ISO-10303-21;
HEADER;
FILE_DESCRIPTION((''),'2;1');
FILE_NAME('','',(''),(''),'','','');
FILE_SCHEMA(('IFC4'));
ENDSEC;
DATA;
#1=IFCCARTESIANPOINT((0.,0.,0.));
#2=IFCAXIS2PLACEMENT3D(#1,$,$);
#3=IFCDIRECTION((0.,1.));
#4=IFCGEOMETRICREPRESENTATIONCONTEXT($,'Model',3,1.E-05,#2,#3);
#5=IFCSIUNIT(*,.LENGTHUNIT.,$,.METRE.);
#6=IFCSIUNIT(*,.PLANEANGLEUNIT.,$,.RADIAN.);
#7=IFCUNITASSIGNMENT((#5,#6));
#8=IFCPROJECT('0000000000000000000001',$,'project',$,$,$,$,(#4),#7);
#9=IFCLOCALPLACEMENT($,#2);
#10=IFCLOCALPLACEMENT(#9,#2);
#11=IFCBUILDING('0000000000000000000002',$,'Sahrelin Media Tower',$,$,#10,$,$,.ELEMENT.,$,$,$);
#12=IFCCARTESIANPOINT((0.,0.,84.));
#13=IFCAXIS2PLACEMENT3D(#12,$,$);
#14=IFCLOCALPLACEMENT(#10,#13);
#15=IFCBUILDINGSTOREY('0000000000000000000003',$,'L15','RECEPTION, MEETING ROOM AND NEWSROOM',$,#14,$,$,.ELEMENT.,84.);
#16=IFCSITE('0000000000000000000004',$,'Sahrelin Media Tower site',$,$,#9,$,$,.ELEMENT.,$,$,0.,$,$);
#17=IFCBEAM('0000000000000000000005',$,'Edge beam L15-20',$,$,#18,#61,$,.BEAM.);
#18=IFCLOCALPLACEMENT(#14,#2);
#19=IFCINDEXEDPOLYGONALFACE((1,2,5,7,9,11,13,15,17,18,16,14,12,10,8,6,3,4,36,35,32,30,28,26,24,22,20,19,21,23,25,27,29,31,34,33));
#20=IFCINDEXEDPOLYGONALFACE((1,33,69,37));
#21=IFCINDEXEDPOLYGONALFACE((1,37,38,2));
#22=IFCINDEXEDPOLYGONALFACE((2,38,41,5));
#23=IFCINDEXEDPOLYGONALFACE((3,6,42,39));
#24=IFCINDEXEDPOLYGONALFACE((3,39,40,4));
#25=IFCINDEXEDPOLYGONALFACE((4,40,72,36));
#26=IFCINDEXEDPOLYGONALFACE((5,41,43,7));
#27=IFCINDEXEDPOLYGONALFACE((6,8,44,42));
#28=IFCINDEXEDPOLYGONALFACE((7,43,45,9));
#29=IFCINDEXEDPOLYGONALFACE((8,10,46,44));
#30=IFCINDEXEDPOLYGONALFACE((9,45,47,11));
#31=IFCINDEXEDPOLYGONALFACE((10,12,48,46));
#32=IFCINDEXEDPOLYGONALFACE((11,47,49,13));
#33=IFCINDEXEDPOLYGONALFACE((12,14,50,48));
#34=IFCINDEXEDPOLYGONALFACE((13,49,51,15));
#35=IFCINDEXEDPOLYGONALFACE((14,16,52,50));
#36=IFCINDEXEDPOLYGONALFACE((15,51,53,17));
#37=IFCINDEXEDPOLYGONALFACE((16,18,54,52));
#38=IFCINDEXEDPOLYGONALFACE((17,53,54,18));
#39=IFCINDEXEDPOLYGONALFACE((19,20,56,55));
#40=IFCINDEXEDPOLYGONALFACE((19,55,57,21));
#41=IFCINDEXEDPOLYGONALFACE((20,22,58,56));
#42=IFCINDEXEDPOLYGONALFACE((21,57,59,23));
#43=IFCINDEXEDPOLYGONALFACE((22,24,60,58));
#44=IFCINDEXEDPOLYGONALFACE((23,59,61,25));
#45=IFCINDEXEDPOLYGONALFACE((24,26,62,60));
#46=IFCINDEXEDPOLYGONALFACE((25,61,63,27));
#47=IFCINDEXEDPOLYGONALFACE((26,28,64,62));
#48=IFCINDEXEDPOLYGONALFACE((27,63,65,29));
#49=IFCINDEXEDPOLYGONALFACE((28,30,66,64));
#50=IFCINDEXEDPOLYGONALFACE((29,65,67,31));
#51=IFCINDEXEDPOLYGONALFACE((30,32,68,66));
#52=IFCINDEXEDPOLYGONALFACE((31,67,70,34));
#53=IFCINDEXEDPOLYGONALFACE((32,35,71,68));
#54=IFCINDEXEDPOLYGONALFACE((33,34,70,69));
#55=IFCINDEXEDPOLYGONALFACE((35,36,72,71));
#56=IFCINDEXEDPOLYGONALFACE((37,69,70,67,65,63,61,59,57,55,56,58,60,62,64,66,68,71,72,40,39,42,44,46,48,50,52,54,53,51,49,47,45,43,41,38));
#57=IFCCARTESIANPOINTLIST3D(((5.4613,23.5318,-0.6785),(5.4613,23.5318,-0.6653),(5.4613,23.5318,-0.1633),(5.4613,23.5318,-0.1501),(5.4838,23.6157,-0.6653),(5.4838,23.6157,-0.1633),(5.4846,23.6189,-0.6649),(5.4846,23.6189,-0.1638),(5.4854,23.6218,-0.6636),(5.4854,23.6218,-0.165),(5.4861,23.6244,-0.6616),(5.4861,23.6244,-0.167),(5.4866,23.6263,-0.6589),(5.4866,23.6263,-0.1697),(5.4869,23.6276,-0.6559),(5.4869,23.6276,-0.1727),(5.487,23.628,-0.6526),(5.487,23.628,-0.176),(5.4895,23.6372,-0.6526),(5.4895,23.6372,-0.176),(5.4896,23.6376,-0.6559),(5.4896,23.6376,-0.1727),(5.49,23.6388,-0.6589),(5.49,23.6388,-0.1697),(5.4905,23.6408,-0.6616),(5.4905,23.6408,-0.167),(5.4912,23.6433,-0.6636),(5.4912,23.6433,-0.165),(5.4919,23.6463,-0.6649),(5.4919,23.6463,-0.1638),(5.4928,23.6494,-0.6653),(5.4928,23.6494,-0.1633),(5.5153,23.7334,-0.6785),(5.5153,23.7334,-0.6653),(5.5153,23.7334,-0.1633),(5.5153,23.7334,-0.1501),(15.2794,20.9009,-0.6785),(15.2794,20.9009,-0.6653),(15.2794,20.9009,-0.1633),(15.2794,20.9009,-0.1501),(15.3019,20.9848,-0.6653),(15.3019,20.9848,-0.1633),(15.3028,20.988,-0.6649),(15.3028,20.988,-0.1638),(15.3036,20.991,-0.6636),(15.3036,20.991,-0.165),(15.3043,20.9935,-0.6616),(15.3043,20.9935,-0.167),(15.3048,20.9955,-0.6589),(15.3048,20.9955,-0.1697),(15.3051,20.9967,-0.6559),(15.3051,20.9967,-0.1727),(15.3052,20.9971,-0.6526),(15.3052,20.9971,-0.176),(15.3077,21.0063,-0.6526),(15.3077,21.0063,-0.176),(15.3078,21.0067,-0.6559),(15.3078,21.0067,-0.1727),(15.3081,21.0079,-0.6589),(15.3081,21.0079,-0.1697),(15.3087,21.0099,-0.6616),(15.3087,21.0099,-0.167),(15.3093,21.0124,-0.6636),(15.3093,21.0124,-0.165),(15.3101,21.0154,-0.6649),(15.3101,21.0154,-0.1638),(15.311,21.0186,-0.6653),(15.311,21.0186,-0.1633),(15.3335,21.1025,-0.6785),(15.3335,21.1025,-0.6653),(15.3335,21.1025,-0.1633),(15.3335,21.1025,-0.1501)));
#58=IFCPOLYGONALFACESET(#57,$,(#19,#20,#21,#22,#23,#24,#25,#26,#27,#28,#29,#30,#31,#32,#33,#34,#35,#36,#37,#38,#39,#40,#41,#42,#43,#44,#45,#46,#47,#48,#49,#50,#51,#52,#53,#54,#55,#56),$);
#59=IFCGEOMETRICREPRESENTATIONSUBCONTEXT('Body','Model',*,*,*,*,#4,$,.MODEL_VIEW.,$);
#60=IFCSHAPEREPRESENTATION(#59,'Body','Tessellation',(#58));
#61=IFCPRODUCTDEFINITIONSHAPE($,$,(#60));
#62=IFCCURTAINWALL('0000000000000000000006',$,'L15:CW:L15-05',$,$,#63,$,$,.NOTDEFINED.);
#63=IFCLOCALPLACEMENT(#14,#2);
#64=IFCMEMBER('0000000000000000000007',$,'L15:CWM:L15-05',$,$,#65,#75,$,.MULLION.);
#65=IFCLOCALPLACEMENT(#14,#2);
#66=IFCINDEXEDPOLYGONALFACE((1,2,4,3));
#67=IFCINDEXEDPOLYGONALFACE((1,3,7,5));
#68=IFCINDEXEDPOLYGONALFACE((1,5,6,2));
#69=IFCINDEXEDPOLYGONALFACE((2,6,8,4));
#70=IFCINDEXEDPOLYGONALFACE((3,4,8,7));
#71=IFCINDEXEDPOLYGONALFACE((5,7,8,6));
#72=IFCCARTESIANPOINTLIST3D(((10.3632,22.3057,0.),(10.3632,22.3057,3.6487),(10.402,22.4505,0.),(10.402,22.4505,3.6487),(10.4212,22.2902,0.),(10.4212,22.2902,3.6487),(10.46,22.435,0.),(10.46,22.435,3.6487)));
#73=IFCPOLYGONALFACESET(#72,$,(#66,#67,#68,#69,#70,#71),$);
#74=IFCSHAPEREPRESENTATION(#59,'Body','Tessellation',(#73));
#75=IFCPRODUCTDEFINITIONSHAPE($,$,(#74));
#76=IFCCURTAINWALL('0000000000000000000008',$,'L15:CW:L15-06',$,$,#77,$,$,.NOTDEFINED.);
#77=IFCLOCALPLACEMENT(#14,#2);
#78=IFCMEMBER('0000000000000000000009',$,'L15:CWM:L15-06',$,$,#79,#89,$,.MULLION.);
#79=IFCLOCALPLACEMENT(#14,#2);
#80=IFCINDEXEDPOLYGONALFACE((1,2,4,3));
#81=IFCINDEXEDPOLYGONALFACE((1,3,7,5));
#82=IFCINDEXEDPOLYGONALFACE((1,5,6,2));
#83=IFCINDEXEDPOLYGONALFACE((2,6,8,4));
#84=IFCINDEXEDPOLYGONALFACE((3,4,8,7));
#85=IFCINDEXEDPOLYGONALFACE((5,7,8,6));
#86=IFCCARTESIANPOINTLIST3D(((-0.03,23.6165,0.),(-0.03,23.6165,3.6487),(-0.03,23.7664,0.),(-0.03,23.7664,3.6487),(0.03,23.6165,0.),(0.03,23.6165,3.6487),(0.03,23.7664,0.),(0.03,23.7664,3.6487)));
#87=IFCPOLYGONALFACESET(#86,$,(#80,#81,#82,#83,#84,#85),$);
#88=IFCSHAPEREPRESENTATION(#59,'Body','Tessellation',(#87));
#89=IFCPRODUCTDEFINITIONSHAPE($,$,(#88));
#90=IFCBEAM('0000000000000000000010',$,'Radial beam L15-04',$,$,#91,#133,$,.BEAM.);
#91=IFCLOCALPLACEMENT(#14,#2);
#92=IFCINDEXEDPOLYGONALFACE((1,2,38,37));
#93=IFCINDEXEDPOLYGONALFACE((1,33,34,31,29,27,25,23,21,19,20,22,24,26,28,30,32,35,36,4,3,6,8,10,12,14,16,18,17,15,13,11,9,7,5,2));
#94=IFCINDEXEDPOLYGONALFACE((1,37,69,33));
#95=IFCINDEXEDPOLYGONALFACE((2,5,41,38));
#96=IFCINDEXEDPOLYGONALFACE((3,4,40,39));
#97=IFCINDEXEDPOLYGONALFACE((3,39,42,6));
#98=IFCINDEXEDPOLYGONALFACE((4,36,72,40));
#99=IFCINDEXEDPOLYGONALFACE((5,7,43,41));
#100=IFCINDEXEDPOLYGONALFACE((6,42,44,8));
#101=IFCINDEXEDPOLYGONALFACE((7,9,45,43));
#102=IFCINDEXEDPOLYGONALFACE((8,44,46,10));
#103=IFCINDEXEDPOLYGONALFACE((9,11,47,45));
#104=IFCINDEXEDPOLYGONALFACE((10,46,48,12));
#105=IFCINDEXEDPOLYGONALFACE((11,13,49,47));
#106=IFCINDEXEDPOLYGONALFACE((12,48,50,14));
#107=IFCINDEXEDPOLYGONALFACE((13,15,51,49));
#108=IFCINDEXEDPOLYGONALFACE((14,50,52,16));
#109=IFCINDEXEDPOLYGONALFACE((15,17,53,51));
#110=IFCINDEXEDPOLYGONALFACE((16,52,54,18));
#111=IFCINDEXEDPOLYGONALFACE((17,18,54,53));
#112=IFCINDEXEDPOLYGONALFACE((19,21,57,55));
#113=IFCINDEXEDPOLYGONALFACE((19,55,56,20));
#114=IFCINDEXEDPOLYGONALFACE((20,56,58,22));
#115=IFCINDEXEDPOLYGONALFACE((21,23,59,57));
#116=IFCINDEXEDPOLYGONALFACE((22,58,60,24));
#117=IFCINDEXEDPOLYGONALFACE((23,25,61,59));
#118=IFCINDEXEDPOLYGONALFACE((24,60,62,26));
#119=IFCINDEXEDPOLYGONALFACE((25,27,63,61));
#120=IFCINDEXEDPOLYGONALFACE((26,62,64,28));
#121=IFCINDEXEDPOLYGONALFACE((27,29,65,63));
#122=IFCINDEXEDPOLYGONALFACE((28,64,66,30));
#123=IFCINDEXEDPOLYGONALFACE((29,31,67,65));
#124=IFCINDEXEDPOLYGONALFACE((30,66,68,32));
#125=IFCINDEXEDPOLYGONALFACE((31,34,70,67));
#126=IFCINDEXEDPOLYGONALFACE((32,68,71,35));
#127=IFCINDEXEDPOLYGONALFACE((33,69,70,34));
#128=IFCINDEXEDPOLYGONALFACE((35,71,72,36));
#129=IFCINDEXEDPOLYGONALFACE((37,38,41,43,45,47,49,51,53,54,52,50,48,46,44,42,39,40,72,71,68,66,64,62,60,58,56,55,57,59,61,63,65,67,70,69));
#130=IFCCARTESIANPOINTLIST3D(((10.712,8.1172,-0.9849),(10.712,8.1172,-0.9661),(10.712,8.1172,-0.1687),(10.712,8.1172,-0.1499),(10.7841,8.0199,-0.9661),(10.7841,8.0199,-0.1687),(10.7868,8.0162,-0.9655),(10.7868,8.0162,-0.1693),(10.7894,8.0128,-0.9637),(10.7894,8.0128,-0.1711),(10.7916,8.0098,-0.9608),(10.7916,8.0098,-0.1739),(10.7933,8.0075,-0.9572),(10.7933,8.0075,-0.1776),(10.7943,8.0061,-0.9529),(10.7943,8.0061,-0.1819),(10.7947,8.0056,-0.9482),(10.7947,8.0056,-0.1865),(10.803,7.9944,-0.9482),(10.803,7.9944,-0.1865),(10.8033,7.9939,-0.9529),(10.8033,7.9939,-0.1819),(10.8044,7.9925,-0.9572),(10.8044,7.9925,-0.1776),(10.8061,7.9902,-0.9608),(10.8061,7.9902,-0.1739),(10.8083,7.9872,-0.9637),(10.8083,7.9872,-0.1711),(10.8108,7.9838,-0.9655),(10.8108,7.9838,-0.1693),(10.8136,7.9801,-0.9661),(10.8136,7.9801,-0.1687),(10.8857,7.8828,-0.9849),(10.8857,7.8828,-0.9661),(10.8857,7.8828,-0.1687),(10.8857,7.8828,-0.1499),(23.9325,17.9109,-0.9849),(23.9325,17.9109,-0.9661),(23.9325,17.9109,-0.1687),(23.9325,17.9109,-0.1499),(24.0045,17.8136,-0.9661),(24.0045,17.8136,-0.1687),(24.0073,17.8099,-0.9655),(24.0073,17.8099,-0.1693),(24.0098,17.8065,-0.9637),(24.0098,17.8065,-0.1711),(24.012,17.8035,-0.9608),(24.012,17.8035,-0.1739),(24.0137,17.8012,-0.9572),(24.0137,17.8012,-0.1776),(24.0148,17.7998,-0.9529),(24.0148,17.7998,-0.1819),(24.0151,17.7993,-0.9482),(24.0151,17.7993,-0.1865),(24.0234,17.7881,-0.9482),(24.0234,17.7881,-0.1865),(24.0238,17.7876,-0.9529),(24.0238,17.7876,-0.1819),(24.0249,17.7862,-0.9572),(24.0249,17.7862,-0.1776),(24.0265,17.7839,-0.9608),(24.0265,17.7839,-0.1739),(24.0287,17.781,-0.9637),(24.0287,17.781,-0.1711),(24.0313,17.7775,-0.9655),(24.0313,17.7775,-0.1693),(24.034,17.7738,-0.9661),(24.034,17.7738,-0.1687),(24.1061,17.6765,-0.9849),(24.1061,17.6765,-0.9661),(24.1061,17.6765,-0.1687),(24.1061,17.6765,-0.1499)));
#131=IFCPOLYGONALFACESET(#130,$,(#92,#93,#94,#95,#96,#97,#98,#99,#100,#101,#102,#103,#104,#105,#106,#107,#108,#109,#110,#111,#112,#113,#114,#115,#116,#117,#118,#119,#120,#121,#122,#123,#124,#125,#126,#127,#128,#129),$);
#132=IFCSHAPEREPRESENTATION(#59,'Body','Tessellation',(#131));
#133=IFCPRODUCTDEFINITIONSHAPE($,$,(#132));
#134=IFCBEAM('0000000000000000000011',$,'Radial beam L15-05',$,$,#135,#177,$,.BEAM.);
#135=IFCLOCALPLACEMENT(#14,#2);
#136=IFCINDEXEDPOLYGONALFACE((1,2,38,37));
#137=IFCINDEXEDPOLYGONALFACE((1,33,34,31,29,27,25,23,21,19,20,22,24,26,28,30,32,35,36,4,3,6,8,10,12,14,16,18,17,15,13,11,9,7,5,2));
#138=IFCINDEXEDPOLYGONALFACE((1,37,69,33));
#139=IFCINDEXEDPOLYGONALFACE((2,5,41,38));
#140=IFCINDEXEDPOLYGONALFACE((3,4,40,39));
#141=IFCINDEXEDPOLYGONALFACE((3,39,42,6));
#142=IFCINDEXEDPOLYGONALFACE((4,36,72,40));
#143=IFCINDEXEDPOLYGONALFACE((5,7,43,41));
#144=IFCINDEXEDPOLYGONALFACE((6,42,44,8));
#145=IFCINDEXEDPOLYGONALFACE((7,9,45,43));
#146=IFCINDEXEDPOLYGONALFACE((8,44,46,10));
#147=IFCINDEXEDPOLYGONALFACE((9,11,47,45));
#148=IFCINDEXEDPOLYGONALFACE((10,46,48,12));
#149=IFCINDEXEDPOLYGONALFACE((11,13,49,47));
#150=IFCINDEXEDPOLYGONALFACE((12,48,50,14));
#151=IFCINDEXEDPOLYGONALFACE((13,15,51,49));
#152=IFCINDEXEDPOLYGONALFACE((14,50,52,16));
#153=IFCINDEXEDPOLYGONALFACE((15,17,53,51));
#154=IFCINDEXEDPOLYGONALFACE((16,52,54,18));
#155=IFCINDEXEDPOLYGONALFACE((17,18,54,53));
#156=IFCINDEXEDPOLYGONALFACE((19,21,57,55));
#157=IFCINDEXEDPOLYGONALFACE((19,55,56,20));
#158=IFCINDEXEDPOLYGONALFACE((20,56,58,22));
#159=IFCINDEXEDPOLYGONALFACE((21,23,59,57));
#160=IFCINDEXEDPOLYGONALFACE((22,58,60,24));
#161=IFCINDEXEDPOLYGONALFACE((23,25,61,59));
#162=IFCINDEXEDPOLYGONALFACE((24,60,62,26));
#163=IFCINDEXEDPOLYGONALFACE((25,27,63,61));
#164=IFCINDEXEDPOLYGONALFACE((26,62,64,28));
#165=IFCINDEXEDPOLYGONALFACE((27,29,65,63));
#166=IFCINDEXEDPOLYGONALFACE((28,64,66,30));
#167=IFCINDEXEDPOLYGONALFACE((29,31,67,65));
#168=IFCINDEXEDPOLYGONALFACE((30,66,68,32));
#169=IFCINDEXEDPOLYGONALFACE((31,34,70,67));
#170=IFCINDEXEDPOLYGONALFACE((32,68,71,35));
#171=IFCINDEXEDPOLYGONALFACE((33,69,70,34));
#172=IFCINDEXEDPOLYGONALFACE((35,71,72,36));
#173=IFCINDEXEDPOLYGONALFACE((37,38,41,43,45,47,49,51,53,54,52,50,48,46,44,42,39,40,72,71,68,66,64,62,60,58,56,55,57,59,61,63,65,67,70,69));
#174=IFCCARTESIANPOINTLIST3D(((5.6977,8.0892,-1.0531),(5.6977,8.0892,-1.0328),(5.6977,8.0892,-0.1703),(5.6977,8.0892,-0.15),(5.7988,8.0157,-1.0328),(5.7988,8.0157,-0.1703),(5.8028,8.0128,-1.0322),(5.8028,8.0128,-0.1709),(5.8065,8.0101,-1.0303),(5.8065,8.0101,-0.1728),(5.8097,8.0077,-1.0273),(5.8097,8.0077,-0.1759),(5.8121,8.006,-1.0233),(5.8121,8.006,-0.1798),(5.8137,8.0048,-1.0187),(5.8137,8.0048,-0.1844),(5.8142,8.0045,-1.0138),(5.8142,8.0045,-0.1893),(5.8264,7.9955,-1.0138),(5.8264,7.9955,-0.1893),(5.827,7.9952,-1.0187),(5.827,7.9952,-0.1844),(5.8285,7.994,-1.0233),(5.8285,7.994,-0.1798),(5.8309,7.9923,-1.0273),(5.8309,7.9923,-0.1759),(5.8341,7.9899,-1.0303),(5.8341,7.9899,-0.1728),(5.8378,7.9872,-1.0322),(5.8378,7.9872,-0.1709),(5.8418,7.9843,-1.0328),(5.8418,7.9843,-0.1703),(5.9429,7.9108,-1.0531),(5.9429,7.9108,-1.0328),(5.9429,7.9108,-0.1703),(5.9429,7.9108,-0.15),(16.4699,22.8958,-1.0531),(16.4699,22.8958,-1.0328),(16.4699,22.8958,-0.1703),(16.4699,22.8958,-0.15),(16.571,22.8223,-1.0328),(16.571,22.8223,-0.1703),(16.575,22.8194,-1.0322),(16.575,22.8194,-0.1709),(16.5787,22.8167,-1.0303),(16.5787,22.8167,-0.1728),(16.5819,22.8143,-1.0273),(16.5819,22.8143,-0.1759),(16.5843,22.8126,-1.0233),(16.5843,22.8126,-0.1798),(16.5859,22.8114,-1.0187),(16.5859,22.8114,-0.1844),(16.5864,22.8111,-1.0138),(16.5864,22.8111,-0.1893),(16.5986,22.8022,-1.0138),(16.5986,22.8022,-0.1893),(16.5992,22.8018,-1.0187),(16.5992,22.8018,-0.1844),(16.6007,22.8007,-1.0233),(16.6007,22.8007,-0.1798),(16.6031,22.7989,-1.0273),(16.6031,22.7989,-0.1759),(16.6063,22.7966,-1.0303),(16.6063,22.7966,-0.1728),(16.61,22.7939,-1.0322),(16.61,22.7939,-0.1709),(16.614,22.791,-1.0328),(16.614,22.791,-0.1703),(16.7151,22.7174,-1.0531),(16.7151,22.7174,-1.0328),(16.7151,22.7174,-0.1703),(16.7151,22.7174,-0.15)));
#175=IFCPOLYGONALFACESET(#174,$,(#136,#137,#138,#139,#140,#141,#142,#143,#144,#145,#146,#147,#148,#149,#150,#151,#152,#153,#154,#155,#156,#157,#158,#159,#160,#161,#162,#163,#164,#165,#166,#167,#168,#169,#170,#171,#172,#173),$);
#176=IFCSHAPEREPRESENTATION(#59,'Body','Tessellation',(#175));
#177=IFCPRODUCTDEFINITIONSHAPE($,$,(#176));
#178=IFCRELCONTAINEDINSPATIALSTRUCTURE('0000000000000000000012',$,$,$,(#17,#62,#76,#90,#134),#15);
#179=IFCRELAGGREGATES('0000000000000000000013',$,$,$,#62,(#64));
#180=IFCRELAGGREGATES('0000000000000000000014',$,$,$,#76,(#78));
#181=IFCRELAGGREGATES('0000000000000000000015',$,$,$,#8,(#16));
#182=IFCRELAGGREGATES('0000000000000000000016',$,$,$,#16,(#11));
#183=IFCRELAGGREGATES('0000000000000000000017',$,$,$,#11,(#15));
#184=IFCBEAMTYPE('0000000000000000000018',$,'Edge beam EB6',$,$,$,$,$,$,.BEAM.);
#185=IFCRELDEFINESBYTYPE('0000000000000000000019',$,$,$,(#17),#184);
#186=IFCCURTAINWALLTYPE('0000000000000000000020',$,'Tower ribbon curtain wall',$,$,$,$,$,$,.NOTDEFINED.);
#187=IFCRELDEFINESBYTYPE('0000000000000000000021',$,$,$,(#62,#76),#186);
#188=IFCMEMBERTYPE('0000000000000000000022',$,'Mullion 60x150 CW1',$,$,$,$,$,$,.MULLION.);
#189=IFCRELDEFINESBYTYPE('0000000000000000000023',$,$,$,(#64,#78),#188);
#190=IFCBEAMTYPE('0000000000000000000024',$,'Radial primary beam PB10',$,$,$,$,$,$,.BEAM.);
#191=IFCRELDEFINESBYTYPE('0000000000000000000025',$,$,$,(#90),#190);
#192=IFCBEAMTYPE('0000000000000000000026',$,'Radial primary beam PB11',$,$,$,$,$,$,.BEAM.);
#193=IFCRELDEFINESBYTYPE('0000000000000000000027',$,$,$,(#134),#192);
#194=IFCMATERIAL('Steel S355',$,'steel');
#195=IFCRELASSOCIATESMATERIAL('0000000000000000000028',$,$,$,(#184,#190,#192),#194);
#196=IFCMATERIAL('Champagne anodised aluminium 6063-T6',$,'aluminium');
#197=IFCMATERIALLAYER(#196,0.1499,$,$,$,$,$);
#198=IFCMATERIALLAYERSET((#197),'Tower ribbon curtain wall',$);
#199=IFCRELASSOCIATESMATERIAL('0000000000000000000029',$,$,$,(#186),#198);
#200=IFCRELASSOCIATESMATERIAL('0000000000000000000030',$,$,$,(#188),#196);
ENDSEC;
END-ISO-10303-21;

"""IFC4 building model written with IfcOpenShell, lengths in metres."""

from ifc_helpers import new_model, si_unit, direction, frame, origin, origin_2d, place, context, subcontext, project, spatial, rectangle, i_section, extrude, material, layer, layer_set, material_profile, profile_set, type_object, element, aggregate, save


model = new_model("IFC4")

# Units and contexts
model_context = context("Model", 3, precision=1e-05, world=origin(), true_north=direction((0.0, 1.0)))
body_context = subcontext(model_context, "Body", "Model", "MODEL_VIEW")
ifc_project = project(units=[si_unit("LENGTHUNIT", "METRE"), si_unit("PLANEANGLEUNIT", "RADIAN")], contexts=[model_context])

# Site, building, storey
site_placement = place(None, origin())
site = spatial("IfcSite", under=ifc_project, at=site_placement, Name="Sahrelin Media Tower site", CompositionType="ELEMENT", RefElevation=0.0)
building_placement = place(site_placement, origin())
building = spatial("IfcBuilding", under=site, at=building_placement, Name="Sahrelin Media Tower", CompositionType="ELEMENT")
storey_placement = place(building_placement, frame((0.0, 0.0, 84.0)))
storey = spatial("IfcBuildingStorey", under=building, at=storey_placement, Name="L15", Description="RECEPTION, MEETING ROOM AND NEWSROOM", CompositionType="ELEMENT", Elevation=84.0)

# Beam
ifc_material_1 = material(Name="Steel S355", Category="steel")
ifc_material_profile_1 = material_profile(ifc_material_1, i_section(OverallWidth=0.2087, OverallDepth=0.5283, WebThickness=0.0095, FlangeThickness=0.0132, FilletRadius=0.0127, at=origin_2d()), Name="UB 533x210x82")
ifc_profile_set_1 = profile_set([ifc_material_profile_1], Name="Steel S355")
beam_type_1 = type_object("IfcBeamType", Name="Edge beam EB6", PredefinedType="BEAM", material=ifc_profile_set_1)
beam_1_placement = place(storey_placement, frame((5.4883, 23.6326, -0.4143), z_axis=(0.965923, -0.258829, 0.0), x_axis=(0.258829, 0.965923, 0.0)))
element("IfcBeam", 1, at=beam_1_placement, inside=storey, type_object=beam_type_1, Name="Edge beam L15-20", PredefinedType="BEAM", context=body_context, shape_type="SweptSolid", body=[
    extrude(i_section(OverallWidth=0.2087, OverallDepth=0.5283, WebThickness=0.0095, FlangeThickness=0.0132, FilletRadius=0.0127, at=origin_2d()), origin(), (0.0, 0.0, 1.0), 10.1646),
])

# Curtain walls, members
ifc_material_2 = material(Name="Champagne anodised aluminium 6063-T6", Category="aluminium")
ifc_layer_1 = layer(ifc_material_2, 0.1499)
ifc_layer_set_1 = layer_set([ifc_layer_1], Name="Tower ribbon curtain wall")
curtain_wall_type = type_object("IfcCurtainWallType", Name="Tower ribbon curtain wall", PredefinedType="NOTDEFINED", material=ifc_layer_set_1)
curtain_wall_1_placement = place(storey_placement, frame((10.4363, 22.4622, 0.0), z_axis=(0.0, 0.0, 1.0), x_axis=(1.0, 0.0, 0.0)))
curtain_wall_1 = element("IfcCurtainWall", 2, at=curtain_wall_1_placement, inside=storey, type_object=curtain_wall_type, Name="L15:CW:L15-05", PredefinedType="NOTDEFINED")
ifc_material_profile_2 = material_profile(ifc_material_2, rectangle(XDim=0.0601, YDim=0.1499, at=origin_2d()), Name="Mullion 60x150")
ifc_profile_set_2 = profile_set([ifc_material_profile_2], Name="Champagne anodised aluminium 6063-T6")
member_type_1 = type_object("IfcMemberType", Name="Mullion 60x150 CW1", PredefinedType="MULLION", material=ifc_profile_set_2)
member_1_placement = place(storey_placement, frame((10.4116, 22.3704, 0.0), z_axis=(0.0, 0.0, 1.0), x_axis=(-0.965926, 0.258817, 0.0)))
member_1 = element("IfcMember", 3, at=member_1_placement, type_object=member_type_1, Name="L15:CWM:L15-05", PredefinedType="MULLION", context=body_context, shape_type="SweptSolid", body=[
    extrude(rectangle(XDim=0.0601, YDim=0.1499, at=origin_2d()), origin(), (0.0, 0.0, 1.0), 3.6487),
])
aggregate(curtain_wall_1, [member_1])
placement_1 = place(storey_placement, frame((0.0, 23.7864, 0.0), z_axis=(0.0, 0.0, 1.0), x_axis=(1.0, 0.0, 0.0)))
curtain_wall_2 = element("IfcCurtainWall", 4, at=placement_1, inside=storey, type_object=curtain_wall_type, Name="L15:CW:L15-06", PredefinedType="NOTDEFINED")
member_2_placement = place(storey_placement, frame((0.0, 23.6914, 0.0), z_axis=(0.0, 0.0, 1.0), x_axis=(-1.0, 0.0, 0.0)))
member_2 = element("IfcMember", 5, at=member_2_placement, type_object=member_type_1, Name="L15:CWM:L15-06", PredefinedType="MULLION", context=body_context, shape_type="SweptSolid", body=[
    extrude(rectangle(XDim=0.0601, YDim=0.1499, at=origin_2d()), origin(), (0.0, 0.0, 1.0), 3.6487),
])

# Beams
ifc_material_profile_3 = material_profile(ifc_material_1, i_section(OverallWidth=0.2917, OverallDepth=0.835, WebThickness=0.0139, FlangeThickness=0.0188, FilletRadius=0.0178, at=origin_2d()), Name="UB 838x292x176")
ifc_profile_set_3 = profile_set([ifc_material_profile_3], Name="Steel S355")
beam_type_2 = type_object("IfcBeamType", Name="Radial primary beam PB10", PredefinedType="BEAM", material=ifc_profile_set_3)
beam_2_placement = place(storey_placement, frame((10.7988, 8.0, -0.5674), z_axis=(0.803535, 0.595258, 0.0), x_axis=(-0.595258, 0.803535, 0.0)))
element("IfcBeam", 6, at=beam_2_placement, inside=storey, type_object=beam_type_2, Name="Radial beam L15-04", PredefinedType="BEAM", context=body_context, shape_type="SweptSolid", body=[
    extrude(i_section(OverallWidth=0.2917, OverallDepth=0.835, WebThickness=0.0139, FlangeThickness=0.0188, FilletRadius=0.0178, at=origin_2d()), origin(), (0.0, 0.0, 1.0), 16.4529),
])
ifc_material_profile_4 = material_profile(ifc_material_1, i_section(OverallWidth=0.3032, OverallDepth=0.9031, WebThickness=0.0151, FlangeThickness=0.0203, FilletRadius=0.019, at=origin_2d()), Name="UB 914x305x201")
ifc_profile_set_4 = profile_set([ifc_material_profile_4], Name="Steel S355")
beam_type_3 = type_object("IfcBeamType", Name="Radial primary beam PB11", PredefinedType="BEAM", material=ifc_profile_set_4)
beam_3_placement = place(storey_placement, frame((5.8203, 8.0, -0.6016), z_axis=(0.588306, 0.808639, 0.0), x_axis=(-0.808639, 0.588306, 0.0)))
element("IfcBeam", 7, at=beam_3_placement, inside=storey, type_object=beam_type_3, Name="Radial beam L15-05", PredefinedType="BEAM", context=body_context, shape_type="SweptSolid", body=[
    extrude(i_section(OverallWidth=0.3032, OverallDepth=0.9031, WebThickness=0.0151, FlangeThickness=0.0203, FilletRadius=0.019, at=origin_2d()), origin(), (0.0, 0.0, 1.0), 18.3105),
])

aggregate(curtain_wall_2, [member_2])

save(model, "model.ifc")
